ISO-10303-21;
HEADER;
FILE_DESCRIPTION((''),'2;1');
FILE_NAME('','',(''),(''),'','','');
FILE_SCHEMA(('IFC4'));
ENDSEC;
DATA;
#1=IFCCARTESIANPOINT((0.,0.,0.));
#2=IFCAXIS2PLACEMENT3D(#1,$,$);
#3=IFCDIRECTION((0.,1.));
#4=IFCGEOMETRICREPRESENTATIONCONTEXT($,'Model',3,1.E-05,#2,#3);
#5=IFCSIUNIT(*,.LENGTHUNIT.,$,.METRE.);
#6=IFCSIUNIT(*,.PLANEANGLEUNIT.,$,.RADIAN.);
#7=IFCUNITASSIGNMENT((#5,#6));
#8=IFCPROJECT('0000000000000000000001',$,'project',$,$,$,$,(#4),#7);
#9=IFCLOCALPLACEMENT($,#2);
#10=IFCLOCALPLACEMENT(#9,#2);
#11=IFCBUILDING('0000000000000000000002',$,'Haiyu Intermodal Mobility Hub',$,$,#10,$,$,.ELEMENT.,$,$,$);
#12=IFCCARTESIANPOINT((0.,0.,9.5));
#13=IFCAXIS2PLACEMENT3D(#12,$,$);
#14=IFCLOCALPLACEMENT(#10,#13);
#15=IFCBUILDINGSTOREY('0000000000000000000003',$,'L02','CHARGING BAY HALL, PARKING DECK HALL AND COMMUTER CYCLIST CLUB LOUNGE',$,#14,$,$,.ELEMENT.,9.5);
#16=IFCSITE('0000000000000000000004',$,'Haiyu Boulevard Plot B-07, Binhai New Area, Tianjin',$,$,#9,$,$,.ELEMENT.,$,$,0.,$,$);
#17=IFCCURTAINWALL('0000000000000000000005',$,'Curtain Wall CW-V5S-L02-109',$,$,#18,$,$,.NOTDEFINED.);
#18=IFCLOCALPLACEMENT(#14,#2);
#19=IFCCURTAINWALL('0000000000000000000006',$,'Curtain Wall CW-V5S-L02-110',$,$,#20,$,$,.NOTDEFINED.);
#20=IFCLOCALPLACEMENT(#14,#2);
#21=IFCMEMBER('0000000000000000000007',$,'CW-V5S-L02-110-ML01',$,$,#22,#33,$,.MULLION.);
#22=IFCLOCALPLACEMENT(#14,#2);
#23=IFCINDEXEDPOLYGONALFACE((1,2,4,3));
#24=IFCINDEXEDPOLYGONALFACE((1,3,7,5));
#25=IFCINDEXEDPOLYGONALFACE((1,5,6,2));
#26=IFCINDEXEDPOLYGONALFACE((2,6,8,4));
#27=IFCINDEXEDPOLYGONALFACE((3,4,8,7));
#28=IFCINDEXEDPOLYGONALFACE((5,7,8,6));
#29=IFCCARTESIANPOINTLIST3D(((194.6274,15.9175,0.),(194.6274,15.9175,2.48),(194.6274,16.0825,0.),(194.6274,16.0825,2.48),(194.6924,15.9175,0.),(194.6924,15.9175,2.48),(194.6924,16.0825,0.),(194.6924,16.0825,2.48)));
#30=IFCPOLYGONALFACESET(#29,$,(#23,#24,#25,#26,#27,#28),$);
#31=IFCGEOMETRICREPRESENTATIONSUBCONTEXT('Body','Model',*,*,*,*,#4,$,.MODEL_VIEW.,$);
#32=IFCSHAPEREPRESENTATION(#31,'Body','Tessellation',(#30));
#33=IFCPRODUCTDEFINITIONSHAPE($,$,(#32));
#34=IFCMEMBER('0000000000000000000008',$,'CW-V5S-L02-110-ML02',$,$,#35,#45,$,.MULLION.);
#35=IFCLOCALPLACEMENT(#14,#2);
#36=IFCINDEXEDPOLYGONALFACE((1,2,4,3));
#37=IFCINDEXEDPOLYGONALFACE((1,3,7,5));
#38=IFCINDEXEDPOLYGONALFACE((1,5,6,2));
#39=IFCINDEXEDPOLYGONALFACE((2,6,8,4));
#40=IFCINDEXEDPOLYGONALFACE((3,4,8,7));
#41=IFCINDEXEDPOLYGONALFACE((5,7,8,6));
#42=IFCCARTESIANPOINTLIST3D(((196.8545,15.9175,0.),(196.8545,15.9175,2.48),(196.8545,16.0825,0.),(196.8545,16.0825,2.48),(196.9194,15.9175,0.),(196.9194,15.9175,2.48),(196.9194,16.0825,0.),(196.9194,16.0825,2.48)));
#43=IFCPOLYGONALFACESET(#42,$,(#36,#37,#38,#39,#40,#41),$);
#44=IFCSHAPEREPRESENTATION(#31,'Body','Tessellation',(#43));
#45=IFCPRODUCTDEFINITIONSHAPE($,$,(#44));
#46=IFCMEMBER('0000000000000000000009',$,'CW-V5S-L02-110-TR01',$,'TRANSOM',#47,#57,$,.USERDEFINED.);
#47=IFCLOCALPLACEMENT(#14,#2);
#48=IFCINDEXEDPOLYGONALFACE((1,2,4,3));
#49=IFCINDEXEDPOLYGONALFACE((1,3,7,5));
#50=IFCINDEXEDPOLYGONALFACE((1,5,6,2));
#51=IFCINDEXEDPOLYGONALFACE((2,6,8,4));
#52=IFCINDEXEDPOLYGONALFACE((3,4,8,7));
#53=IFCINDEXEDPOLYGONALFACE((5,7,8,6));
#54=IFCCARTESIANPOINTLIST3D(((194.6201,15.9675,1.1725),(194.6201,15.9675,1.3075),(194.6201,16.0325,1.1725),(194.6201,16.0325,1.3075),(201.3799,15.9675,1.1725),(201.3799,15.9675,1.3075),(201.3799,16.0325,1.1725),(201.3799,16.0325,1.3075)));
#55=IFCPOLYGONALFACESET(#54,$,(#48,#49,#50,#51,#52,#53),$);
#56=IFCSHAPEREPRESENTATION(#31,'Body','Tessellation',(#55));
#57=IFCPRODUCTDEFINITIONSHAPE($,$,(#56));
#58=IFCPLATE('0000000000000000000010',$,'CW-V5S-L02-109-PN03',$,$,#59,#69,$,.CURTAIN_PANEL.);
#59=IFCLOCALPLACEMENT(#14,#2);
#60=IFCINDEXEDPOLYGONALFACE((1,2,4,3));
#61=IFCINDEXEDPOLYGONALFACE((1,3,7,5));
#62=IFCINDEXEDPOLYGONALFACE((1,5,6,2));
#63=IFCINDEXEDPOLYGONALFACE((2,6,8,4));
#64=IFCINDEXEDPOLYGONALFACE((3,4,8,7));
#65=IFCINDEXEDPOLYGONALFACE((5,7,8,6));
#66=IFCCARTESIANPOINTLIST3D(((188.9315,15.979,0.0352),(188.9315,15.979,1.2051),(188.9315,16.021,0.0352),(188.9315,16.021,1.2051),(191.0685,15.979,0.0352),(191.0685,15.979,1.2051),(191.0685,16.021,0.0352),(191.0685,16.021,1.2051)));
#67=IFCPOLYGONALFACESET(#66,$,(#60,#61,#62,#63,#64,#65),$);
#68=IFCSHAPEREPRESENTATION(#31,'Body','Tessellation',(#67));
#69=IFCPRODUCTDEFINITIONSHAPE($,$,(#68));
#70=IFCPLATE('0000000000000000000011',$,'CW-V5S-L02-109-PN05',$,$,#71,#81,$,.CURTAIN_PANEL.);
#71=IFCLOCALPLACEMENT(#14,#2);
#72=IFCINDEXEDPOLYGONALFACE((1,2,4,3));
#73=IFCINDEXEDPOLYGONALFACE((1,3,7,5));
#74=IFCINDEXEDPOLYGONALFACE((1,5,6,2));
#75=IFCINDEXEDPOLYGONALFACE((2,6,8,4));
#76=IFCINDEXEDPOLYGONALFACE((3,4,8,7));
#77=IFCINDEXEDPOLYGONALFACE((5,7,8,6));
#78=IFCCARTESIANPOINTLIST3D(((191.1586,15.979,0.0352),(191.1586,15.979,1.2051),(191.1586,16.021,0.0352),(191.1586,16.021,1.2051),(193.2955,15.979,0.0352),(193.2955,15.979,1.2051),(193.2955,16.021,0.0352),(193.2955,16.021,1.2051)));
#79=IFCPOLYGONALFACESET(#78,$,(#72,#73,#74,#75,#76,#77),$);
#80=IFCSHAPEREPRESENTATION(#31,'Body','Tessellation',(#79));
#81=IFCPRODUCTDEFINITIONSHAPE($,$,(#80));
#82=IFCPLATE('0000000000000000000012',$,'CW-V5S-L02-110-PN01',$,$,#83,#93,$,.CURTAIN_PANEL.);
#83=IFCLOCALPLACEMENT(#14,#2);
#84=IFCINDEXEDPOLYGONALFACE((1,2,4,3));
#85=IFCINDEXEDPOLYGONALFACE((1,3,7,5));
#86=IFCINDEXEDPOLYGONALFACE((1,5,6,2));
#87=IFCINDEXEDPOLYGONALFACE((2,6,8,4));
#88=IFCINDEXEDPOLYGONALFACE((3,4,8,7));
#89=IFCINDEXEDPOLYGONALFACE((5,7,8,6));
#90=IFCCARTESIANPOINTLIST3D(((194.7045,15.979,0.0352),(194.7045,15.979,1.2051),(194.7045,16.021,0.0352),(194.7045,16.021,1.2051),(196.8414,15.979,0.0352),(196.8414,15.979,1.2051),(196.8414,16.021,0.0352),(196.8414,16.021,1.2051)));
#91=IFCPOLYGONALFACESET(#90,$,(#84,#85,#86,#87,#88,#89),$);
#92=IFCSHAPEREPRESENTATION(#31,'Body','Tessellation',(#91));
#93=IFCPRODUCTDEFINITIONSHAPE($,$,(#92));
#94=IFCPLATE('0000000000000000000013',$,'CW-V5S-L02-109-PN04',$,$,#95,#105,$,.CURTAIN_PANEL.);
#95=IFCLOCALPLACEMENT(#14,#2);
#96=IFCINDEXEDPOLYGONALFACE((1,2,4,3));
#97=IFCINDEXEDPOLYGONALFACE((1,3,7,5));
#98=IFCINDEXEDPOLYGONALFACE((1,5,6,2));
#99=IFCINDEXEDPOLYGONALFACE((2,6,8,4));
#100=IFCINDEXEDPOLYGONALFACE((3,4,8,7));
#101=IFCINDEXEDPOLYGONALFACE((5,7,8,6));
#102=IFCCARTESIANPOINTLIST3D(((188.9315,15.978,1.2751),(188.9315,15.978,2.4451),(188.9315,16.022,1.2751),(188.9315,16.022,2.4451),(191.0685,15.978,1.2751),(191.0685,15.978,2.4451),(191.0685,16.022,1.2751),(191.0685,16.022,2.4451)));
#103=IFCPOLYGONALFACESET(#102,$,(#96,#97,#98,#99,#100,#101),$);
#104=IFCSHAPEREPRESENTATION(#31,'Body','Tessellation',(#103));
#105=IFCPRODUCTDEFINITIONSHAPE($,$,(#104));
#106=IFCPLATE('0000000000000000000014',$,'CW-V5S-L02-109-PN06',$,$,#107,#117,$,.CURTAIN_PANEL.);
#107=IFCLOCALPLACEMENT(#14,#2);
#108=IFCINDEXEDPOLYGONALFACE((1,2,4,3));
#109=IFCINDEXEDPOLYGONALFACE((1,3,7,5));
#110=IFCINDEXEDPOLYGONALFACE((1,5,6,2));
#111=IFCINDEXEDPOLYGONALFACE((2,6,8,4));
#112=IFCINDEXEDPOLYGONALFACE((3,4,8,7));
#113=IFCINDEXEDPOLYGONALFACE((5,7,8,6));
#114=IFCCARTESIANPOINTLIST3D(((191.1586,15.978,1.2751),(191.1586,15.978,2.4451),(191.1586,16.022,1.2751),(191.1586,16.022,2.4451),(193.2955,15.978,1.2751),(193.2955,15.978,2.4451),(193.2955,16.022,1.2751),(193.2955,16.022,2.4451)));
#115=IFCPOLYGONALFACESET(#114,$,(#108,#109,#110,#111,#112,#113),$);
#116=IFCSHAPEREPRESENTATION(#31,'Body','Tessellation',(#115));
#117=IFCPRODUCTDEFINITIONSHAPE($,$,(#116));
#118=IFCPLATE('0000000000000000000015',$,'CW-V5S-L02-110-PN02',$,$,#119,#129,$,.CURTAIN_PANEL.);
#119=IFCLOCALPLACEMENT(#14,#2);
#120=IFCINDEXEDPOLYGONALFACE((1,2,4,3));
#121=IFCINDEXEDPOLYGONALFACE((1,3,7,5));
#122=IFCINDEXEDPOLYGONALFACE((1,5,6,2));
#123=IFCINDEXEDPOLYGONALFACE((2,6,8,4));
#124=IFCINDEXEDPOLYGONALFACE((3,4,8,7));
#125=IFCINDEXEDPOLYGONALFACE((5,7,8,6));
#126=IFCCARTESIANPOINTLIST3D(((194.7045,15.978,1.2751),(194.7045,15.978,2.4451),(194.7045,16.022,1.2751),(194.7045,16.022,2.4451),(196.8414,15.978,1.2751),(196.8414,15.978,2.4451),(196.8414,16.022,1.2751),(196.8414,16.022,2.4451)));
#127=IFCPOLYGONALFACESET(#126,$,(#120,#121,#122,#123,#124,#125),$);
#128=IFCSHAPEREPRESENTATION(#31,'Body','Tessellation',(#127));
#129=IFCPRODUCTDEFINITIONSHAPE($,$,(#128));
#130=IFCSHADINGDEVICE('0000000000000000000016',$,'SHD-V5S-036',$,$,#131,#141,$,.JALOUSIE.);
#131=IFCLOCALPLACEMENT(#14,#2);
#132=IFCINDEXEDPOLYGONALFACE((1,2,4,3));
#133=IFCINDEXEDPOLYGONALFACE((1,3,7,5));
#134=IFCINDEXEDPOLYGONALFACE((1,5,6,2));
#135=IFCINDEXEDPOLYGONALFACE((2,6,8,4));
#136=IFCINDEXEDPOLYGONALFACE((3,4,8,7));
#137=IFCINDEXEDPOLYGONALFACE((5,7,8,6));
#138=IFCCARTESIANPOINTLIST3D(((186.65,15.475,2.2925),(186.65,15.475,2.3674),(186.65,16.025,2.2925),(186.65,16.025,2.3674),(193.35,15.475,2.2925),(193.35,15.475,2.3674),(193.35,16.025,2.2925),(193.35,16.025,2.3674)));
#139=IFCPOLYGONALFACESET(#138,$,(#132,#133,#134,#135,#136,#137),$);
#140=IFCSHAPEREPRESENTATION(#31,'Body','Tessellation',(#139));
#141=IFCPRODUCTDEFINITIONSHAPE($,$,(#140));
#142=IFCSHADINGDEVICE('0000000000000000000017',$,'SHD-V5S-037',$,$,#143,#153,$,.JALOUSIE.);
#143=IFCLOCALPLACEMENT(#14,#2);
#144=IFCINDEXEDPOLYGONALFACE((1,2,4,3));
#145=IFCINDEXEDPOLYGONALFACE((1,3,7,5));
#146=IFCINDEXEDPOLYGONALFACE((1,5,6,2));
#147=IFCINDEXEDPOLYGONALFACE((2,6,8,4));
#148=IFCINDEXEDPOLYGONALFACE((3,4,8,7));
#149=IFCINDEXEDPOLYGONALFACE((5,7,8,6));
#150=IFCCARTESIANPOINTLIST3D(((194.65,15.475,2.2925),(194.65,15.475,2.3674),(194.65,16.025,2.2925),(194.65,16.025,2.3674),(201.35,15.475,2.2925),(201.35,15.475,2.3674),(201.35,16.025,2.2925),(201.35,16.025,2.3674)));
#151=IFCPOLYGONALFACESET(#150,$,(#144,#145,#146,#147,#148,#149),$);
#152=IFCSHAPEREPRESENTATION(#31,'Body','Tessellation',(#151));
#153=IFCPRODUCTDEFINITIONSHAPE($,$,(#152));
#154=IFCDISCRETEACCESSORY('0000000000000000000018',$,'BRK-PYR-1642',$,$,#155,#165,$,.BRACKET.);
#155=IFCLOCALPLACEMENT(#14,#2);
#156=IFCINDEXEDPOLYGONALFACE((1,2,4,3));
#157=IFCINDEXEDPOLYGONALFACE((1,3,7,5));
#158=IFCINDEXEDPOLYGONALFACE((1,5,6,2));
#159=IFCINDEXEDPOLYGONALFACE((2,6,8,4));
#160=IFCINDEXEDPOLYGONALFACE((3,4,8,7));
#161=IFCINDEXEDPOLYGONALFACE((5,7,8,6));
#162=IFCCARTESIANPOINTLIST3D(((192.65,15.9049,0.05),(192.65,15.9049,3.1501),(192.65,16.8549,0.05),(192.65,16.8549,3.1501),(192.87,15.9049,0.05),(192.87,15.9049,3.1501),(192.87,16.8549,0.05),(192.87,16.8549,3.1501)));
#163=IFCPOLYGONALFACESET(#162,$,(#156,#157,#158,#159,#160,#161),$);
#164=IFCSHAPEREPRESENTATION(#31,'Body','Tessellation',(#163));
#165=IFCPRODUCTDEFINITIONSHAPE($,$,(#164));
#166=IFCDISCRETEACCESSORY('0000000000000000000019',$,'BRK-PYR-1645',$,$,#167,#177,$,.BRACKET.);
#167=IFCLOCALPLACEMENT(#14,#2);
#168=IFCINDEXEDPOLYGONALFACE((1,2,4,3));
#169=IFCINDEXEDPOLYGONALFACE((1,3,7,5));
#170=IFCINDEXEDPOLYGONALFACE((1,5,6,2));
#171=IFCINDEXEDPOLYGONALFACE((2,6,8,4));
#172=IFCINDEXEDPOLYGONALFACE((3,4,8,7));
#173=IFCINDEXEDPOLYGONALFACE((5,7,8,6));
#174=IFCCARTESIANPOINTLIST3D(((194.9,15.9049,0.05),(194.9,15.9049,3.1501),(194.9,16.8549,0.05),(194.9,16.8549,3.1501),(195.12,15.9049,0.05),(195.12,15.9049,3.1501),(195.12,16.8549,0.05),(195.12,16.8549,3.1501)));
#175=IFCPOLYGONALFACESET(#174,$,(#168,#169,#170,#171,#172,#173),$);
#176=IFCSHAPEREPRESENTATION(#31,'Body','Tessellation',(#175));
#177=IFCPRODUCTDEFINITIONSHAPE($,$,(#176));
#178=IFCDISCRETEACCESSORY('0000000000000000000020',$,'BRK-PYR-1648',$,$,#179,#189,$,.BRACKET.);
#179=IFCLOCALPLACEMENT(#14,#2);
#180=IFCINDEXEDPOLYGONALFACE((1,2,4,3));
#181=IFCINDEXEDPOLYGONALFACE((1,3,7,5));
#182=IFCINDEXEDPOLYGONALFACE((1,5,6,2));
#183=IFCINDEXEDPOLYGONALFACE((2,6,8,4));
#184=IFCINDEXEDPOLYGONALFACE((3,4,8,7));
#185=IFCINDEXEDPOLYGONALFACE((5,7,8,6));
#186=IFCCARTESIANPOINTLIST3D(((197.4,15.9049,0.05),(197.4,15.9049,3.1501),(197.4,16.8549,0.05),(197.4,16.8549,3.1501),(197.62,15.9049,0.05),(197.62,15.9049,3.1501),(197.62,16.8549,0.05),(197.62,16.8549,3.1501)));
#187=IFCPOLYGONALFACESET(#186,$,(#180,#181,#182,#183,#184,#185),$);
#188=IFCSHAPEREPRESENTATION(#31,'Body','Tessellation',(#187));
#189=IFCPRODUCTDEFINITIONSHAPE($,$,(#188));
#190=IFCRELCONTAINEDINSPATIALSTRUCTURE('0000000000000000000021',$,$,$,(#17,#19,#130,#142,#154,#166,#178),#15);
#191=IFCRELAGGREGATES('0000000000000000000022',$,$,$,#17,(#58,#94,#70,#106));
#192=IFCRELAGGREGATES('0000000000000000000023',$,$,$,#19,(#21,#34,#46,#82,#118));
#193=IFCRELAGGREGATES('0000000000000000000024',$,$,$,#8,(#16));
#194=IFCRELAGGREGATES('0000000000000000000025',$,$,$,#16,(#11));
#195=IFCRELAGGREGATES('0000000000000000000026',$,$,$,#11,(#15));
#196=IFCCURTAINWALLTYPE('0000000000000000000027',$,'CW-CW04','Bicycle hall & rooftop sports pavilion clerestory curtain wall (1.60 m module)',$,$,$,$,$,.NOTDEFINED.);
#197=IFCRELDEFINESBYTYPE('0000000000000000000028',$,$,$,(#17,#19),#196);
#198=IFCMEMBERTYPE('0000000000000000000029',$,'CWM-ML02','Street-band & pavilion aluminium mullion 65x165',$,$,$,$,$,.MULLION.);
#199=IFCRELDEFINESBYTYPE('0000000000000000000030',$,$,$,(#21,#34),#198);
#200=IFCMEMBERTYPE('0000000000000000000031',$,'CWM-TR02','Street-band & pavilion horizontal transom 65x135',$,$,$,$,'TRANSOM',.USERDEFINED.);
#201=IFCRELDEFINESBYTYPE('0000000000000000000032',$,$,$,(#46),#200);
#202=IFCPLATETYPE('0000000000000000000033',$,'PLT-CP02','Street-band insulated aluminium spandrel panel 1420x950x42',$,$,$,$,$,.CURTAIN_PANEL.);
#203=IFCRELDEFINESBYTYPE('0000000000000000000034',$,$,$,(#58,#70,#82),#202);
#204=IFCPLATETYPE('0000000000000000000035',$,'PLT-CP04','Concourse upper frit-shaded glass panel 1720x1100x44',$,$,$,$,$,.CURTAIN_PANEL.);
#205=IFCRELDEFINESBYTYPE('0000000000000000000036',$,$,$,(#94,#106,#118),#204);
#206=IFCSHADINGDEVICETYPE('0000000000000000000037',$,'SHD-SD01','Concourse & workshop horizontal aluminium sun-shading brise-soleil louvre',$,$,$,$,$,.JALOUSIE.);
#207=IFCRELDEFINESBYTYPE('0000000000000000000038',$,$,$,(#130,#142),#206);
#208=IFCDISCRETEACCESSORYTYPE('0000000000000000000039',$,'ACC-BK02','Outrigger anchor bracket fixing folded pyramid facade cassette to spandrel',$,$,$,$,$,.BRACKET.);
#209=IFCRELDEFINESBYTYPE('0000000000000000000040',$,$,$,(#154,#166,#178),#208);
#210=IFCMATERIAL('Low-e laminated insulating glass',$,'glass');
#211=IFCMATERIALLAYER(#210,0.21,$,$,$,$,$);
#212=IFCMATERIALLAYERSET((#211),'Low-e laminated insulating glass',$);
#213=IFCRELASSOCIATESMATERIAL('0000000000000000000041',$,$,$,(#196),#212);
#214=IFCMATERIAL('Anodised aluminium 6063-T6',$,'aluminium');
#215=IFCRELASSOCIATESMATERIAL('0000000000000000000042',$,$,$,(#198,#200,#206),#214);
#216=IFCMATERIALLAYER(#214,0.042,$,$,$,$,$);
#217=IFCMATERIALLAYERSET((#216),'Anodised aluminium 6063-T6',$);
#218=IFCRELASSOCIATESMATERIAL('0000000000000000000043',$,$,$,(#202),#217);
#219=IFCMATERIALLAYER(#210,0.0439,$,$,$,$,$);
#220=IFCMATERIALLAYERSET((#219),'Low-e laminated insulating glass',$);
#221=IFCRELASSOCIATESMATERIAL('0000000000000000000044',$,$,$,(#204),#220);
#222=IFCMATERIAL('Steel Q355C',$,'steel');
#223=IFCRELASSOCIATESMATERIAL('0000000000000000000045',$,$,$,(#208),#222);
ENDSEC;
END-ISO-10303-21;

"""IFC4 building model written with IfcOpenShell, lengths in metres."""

from ifc_helpers import new_model, si_unit, direction, frame, origin, origin_2d, place, context, subcontext, project, spatial, rectangle, extrude, material, layer, layer_set, material_profile, profile_set, type_object, element, aggregate, save


model = new_model("IFC4")

# Units and contexts
model_context = context("Model", 3, precision=1e-05, world=origin(), true_north=direction((0.0, 1.0)))
body_context = subcontext(model_context, "Body", "Model", "MODEL_VIEW")
ifc_project = project(units=[si_unit("LENGTHUNIT", "METRE"), si_unit("PLANEANGLEUNIT", "RADIAN")], contexts=[model_context])

# Site, building, storey
site_placement = place(None, origin())
site = spatial("IfcSite", under=ifc_project, at=site_placement, Name="Haiyu Boulevard Plot B-07, Binhai New Area, Tianjin", CompositionType="ELEMENT", RefElevation=0.0)
building_placement = place(site_placement, origin())
building = spatial("IfcBuilding", under=site, at=building_placement, Name="Haiyu Intermodal Mobility Hub", CompositionType="ELEMENT")
storey_placement = place(building_placement, frame((0.0, 0.0, 9.5)))
storey = spatial("IfcBuildingStorey", under=building, at=storey_placement, Name="L02", Description="CHARGING BAY HALL, PARKING DECK HALL AND COMMUTER CYCLIST CLUB LOUNGE", CompositionType="ELEMENT", Elevation=9.5)

# Curtain walls, members
ifc_material_1 = material(Name="Low-e laminated insulating glass", Category="glass")
ifc_layer_1 = layer(ifc_material_1, 0.21)
ifc_layer_set_1 = layer_set([ifc_layer_1], Name="Low-e laminated insulating glass")
curtain_wall_type = type_object("IfcCurtainWallType", Name="CW-CW04", Description="Bicycle hall & rooftop sports pavilion clerestory curtain wall (1.60 m module)", PredefinedType="NOTDEFINED", material=ifc_layer_set_1)
curtain_wall_1_placement = place(storey_placement, origin())
curtain_wall_1 = element("IfcCurtainWall", 1, at=curtain_wall_1_placement, inside=storey, type_object=curtain_wall_type, Name="Curtain Wall CW-V5S-L02-109", PredefinedType="NOTDEFINED")
ifc_material_2 = material(Name="Anodised aluminium 6063-T6", Category="aluminium")
ifc_material_profile_1 = material_profile(ifc_material_2, rectangle(XDim=0.0649, YDim=0.165, at=origin_2d()), Name="ALU65x165")
ifc_profile_set_1 = profile_set([ifc_material_profile_1], Name="Anodised aluminium 6063-T6")
member_type_1 = type_object("IfcMemberType", Name="CWM-ML02", Description="Street-band & pavilion aluminium mullion 65x165", PredefinedType="MULLION", material=ifc_profile_set_1)
curtain_wall_2_placement = place(storey_placement, origin())
curtain_wall_2 = element("IfcCurtainWall", 2, at=curtain_wall_2_placement, inside=storey, type_object=curtain_wall_type, Name="Curtain Wall CW-V5S-L02-110", PredefinedType="NOTDEFINED")
member_1_placement = place(storey_placement, frame((194.6599, 16.0, 0.0), z_axis=(0.0, 0.0, 1.0), x_axis=(1.0, 0.0, 0.0)))
member_1 = element("IfcMember", 3, at=member_1_placement, type_object=member_type_1, Name="CW-V5S-L02-110-ML01", PredefinedType="MULLION", context=body_context, shape_type="SweptSolid", body=[
    extrude(rectangle(XDim=0.0649, YDim=0.165, at=origin_2d()), origin(), (0.0, 0.0, 1.0), 2.48),
])
member_2_placement = place(storey_placement, frame((196.887, 16.0, 0.0), z_axis=(0.0, 0.0, 1.0), x_axis=(1.0, 0.0, 0.0)))
member_2 = element("IfcMember", 4, at=member_2_placement, type_object=member_type_1, Name="CW-V5S-L02-110-ML02", PredefinedType="MULLION", context=body_context, shape_type="SweptSolid", body=[
    extrude(rectangle(XDim=0.0649, YDim=0.165, at=origin_2d()), origin(), (0.0, 0.0, 1.0), 2.48),
])
ifc_material_profile_2 = material_profile(ifc_material_2, rectangle(XDim=0.0649, YDim=0.135, at=origin_2d()), Name="ALU65x135")
ifc_profile_set_2 = profile_set([ifc_material_profile_2], Name="Anodised aluminium 6063-T6")
member_type_2 = type_object("IfcMemberType", Name="CWM-TR02", Description="Street-band & pavilion horizontal transom 65x135", ElementType="TRANSOM", PredefinedType="USERDEFINED", material=ifc_profile_set_2)
member_3_placement = place(storey_placement, frame((194.6201, 16.0, 1.24), z_axis=(1.0, 0.0, 0.0), x_axis=(0.0, 1.0, 0.0)))
member_3 = element("IfcMember", 5, at=member_3_placement, type_object=member_type_2, Name="CW-V5S-L02-110-TR01", ObjectType="TRANSOM", PredefinedType="USERDEFINED", context=body_context, shape_type="SweptSolid", body=[
    extrude(rectangle(XDim=0.0649, YDim=0.135, at=origin_2d()), origin(), (0.0, 0.0, 1.0), 6.7598),
])

# Plates
ifc_layer_2 = layer(ifc_material_2, 0.042)
ifc_layer_set_2 = layer_set([ifc_layer_2], Name="Anodised aluminium 6063-T6")
plate_type_1 = type_object("IfcPlateType", Name="PLT-CP02", Description="Street-band insulated aluminium spandrel panel 1420x950x42", PredefinedType="CURTAIN_PANEL", material=ifc_layer_set_2)
plate_1_placement = place(storey_placement, frame((190.0, 16.0, 0.0352), z_axis=(0.0, 0.0, 1.0), x_axis=(1.0, 0.0, 0.0)))
plate_1 = element("IfcPlate", 6, at=plate_1_placement, type_object=plate_type_1, Name="CW-V5S-L02-109-PN03", PredefinedType="CURTAIN_PANEL", context=body_context, shape_type="SweptSolid", body=[
    extrude(rectangle(XDim=2.137, YDim=0.042, at=origin_2d()), origin(), (0.0, 0.0, 1.0), 1.1699),
])
plate_2_placement = place(storey_placement, frame((192.2271, 16.0, 0.0352), z_axis=(0.0, 0.0, 1.0), x_axis=(1.0, 0.0, 0.0)))
plate_2 = element("IfcPlate", 7, at=plate_2_placement, type_object=plate_type_1, Name="CW-V5S-L02-109-PN05", PredefinedType="CURTAIN_PANEL", context=body_context, shape_type="SweptSolid", body=[
    extrude(rectangle(XDim=2.137, YDim=0.042, at=origin_2d()), origin(), (0.0, 0.0, 1.0), 1.1699),
])
plate_3_placement = place(storey_placement, frame((195.7729, 16.0, 0.0352), z_axis=(0.0, 0.0, 1.0), x_axis=(1.0, 0.0, 0.0)))
plate_3 = element("IfcPlate", 8, at=plate_3_placement, type_object=plate_type_1, Name="CW-V5S-L02-110-PN01", PredefinedType="CURTAIN_PANEL", context=body_context, shape_type="SweptSolid", body=[
    extrude(rectangle(XDim=2.137, YDim=0.042, at=origin_2d()), origin(), (0.0, 0.0, 1.0), 1.1699),
])
ifc_layer_3 = layer(ifc_material_1, 0.0439)
ifc_layer_set_3 = layer_set([ifc_layer_3], Name="Low-e laminated insulating glass")
plate_type_2 = type_object("IfcPlateType", Name="PLT-CP04", Description="Concourse upper frit-shaded glass panel 1720x1100x44", PredefinedType="CURTAIN_PANEL", material=ifc_layer_set_3)
plate_4_placement = place(storey_placement, frame((190.0, 16.0, 1.2751), z_axis=(0.0, 0.0, 1.0), x_axis=(1.0, 0.0, 0.0)))
plate_4 = element("IfcPlate", 9, at=plate_4_placement, type_object=plate_type_2, Name="CW-V5S-L02-109-PN04", PredefinedType="CURTAIN_PANEL", context=body_context, shape_type="SweptSolid", body=[
    extrude(rectangle(XDim=2.137, YDim=0.0439, at=origin_2d()), origin(), (0.0, 0.0, 1.0), 1.1699),
])
plate_5_placement = place(storey_placement, frame((192.2271, 16.0, 1.2751), z_axis=(0.0, 0.0, 1.0), x_axis=(1.0, 0.0, 0.0)))
plate_5 = element("IfcPlate", 10, at=plate_5_placement, type_object=plate_type_2, Name="CW-V5S-L02-109-PN06", PredefinedType="CURTAIN_PANEL", context=body_context, shape_type="SweptSolid", body=[
    extrude(rectangle(XDim=2.137, YDim=0.0439, at=origin_2d()), origin(), (0.0, 0.0, 1.0), 1.1699),
])
aggregate(curtain_wall_1, [plate_1, plate_4, plate_2, plate_5])
plate_6_placement = place(storey_placement, frame((195.7729, 16.0, 1.2751), z_axis=(0.0, 0.0, 1.0), x_axis=(1.0, 0.0, 0.0)))
plate_6 = element("IfcPlate", 11, at=plate_6_placement, type_object=plate_type_2, Name="CW-V5S-L02-110-PN02", PredefinedType="CURTAIN_PANEL", context=body_context, shape_type="SweptSolid", body=[
    extrude(rectangle(XDim=2.137, YDim=0.0439, at=origin_2d()), origin(), (0.0, 0.0, 1.0), 1.1699),
])
aggregate(curtain_wall_2, [member_1, member_2, member_3, plate_3, plate_6])

# Shared definitions
ifc_material_3 = material(Name="Steel Q355C", Category="steel")

# Shading devices
ifc_material_profile_3 = material_profile(ifc_material_2, rectangle(XDim=0.0801, YDim=0.45, at=origin_2d()), Name="FIN80x450")
ifc_profile_set_3 = profile_set([ifc_material_profile_3], Name="Anodised aluminium 6063-T6")
shading_device_type = type_object("IfcShadingDeviceType", Name="SHD-SD01", Description="Concourse & workshop horizontal aluminium sun-shading brise-soleil louvre", PredefinedType="JALOUSIE", material=ifc_profile_set_3)
for number, where, z_axis, x_axis, name in (
    (12, (190.0, 15.75, 2.2925), (0.0, 0.0, 1.0), (1.0, 0.0, 0.0), "SHD-V5S-036"),
    (13, (198.0, 15.75, 2.2925), (0.0, 0.0, 1.0), (1.0, 0.0, 0.0), "SHD-V5S-037"),
):
    element("IfcShadingDevice", number, at=place(storey_placement, frame(where, z_axis=z_axis, x_axis=x_axis)), inside=storey, type_object=shading_device_type, Name=name, PredefinedType="JALOUSIE", context=body_context, shape_type="SweptSolid", body=[
        extrude(rectangle(XDim=6.7, YDim=0.55, at=origin_2d()), origin(), (0.0, 0.0, 1.0), 0.075),
    ])

# Discrete accessories
discrete_accessory_type = type_object("IfcDiscreteAccessoryType", Name="ACC-BK02", Description="Outrigger anchor bracket fixing folded pyramid facade cassette to spandrel", PredefinedType="BRACKET", material=ifc_material_3)
for number, where, z_axis, x_axis, name in (
    (14, (192.76, 16.3799, 0.05), (0.0, 0.0, 1.0), (1.0, 0.0, 0.0), "BRK-PYR-1642"),
    (15, (195.01, 16.3799, 0.05), (0.0, 0.0, 1.0), (1.0, 0.0, 0.0), "BRK-PYR-1645"),
    (16, (197.51, 16.3799, 0.05), (0.0, 0.0, 1.0), (1.0, 0.0, 0.0), "BRK-PYR-1648"),
):
    element("IfcDiscreteAccessory", number, at=place(storey_placement, frame(where, z_axis=z_axis, x_axis=x_axis)), inside=storey, type_object=discrete_accessory_type, Name=name, PredefinedType="BRACKET", context=body_context, shape_type="SweptSolid", body=[
        extrude(rectangle(XDim=0.22, YDim=0.95, at=origin_2d()), origin(), (0.0, 0.0, 1.0), 3.1001),
    ])

save(model, "model.ifc")
